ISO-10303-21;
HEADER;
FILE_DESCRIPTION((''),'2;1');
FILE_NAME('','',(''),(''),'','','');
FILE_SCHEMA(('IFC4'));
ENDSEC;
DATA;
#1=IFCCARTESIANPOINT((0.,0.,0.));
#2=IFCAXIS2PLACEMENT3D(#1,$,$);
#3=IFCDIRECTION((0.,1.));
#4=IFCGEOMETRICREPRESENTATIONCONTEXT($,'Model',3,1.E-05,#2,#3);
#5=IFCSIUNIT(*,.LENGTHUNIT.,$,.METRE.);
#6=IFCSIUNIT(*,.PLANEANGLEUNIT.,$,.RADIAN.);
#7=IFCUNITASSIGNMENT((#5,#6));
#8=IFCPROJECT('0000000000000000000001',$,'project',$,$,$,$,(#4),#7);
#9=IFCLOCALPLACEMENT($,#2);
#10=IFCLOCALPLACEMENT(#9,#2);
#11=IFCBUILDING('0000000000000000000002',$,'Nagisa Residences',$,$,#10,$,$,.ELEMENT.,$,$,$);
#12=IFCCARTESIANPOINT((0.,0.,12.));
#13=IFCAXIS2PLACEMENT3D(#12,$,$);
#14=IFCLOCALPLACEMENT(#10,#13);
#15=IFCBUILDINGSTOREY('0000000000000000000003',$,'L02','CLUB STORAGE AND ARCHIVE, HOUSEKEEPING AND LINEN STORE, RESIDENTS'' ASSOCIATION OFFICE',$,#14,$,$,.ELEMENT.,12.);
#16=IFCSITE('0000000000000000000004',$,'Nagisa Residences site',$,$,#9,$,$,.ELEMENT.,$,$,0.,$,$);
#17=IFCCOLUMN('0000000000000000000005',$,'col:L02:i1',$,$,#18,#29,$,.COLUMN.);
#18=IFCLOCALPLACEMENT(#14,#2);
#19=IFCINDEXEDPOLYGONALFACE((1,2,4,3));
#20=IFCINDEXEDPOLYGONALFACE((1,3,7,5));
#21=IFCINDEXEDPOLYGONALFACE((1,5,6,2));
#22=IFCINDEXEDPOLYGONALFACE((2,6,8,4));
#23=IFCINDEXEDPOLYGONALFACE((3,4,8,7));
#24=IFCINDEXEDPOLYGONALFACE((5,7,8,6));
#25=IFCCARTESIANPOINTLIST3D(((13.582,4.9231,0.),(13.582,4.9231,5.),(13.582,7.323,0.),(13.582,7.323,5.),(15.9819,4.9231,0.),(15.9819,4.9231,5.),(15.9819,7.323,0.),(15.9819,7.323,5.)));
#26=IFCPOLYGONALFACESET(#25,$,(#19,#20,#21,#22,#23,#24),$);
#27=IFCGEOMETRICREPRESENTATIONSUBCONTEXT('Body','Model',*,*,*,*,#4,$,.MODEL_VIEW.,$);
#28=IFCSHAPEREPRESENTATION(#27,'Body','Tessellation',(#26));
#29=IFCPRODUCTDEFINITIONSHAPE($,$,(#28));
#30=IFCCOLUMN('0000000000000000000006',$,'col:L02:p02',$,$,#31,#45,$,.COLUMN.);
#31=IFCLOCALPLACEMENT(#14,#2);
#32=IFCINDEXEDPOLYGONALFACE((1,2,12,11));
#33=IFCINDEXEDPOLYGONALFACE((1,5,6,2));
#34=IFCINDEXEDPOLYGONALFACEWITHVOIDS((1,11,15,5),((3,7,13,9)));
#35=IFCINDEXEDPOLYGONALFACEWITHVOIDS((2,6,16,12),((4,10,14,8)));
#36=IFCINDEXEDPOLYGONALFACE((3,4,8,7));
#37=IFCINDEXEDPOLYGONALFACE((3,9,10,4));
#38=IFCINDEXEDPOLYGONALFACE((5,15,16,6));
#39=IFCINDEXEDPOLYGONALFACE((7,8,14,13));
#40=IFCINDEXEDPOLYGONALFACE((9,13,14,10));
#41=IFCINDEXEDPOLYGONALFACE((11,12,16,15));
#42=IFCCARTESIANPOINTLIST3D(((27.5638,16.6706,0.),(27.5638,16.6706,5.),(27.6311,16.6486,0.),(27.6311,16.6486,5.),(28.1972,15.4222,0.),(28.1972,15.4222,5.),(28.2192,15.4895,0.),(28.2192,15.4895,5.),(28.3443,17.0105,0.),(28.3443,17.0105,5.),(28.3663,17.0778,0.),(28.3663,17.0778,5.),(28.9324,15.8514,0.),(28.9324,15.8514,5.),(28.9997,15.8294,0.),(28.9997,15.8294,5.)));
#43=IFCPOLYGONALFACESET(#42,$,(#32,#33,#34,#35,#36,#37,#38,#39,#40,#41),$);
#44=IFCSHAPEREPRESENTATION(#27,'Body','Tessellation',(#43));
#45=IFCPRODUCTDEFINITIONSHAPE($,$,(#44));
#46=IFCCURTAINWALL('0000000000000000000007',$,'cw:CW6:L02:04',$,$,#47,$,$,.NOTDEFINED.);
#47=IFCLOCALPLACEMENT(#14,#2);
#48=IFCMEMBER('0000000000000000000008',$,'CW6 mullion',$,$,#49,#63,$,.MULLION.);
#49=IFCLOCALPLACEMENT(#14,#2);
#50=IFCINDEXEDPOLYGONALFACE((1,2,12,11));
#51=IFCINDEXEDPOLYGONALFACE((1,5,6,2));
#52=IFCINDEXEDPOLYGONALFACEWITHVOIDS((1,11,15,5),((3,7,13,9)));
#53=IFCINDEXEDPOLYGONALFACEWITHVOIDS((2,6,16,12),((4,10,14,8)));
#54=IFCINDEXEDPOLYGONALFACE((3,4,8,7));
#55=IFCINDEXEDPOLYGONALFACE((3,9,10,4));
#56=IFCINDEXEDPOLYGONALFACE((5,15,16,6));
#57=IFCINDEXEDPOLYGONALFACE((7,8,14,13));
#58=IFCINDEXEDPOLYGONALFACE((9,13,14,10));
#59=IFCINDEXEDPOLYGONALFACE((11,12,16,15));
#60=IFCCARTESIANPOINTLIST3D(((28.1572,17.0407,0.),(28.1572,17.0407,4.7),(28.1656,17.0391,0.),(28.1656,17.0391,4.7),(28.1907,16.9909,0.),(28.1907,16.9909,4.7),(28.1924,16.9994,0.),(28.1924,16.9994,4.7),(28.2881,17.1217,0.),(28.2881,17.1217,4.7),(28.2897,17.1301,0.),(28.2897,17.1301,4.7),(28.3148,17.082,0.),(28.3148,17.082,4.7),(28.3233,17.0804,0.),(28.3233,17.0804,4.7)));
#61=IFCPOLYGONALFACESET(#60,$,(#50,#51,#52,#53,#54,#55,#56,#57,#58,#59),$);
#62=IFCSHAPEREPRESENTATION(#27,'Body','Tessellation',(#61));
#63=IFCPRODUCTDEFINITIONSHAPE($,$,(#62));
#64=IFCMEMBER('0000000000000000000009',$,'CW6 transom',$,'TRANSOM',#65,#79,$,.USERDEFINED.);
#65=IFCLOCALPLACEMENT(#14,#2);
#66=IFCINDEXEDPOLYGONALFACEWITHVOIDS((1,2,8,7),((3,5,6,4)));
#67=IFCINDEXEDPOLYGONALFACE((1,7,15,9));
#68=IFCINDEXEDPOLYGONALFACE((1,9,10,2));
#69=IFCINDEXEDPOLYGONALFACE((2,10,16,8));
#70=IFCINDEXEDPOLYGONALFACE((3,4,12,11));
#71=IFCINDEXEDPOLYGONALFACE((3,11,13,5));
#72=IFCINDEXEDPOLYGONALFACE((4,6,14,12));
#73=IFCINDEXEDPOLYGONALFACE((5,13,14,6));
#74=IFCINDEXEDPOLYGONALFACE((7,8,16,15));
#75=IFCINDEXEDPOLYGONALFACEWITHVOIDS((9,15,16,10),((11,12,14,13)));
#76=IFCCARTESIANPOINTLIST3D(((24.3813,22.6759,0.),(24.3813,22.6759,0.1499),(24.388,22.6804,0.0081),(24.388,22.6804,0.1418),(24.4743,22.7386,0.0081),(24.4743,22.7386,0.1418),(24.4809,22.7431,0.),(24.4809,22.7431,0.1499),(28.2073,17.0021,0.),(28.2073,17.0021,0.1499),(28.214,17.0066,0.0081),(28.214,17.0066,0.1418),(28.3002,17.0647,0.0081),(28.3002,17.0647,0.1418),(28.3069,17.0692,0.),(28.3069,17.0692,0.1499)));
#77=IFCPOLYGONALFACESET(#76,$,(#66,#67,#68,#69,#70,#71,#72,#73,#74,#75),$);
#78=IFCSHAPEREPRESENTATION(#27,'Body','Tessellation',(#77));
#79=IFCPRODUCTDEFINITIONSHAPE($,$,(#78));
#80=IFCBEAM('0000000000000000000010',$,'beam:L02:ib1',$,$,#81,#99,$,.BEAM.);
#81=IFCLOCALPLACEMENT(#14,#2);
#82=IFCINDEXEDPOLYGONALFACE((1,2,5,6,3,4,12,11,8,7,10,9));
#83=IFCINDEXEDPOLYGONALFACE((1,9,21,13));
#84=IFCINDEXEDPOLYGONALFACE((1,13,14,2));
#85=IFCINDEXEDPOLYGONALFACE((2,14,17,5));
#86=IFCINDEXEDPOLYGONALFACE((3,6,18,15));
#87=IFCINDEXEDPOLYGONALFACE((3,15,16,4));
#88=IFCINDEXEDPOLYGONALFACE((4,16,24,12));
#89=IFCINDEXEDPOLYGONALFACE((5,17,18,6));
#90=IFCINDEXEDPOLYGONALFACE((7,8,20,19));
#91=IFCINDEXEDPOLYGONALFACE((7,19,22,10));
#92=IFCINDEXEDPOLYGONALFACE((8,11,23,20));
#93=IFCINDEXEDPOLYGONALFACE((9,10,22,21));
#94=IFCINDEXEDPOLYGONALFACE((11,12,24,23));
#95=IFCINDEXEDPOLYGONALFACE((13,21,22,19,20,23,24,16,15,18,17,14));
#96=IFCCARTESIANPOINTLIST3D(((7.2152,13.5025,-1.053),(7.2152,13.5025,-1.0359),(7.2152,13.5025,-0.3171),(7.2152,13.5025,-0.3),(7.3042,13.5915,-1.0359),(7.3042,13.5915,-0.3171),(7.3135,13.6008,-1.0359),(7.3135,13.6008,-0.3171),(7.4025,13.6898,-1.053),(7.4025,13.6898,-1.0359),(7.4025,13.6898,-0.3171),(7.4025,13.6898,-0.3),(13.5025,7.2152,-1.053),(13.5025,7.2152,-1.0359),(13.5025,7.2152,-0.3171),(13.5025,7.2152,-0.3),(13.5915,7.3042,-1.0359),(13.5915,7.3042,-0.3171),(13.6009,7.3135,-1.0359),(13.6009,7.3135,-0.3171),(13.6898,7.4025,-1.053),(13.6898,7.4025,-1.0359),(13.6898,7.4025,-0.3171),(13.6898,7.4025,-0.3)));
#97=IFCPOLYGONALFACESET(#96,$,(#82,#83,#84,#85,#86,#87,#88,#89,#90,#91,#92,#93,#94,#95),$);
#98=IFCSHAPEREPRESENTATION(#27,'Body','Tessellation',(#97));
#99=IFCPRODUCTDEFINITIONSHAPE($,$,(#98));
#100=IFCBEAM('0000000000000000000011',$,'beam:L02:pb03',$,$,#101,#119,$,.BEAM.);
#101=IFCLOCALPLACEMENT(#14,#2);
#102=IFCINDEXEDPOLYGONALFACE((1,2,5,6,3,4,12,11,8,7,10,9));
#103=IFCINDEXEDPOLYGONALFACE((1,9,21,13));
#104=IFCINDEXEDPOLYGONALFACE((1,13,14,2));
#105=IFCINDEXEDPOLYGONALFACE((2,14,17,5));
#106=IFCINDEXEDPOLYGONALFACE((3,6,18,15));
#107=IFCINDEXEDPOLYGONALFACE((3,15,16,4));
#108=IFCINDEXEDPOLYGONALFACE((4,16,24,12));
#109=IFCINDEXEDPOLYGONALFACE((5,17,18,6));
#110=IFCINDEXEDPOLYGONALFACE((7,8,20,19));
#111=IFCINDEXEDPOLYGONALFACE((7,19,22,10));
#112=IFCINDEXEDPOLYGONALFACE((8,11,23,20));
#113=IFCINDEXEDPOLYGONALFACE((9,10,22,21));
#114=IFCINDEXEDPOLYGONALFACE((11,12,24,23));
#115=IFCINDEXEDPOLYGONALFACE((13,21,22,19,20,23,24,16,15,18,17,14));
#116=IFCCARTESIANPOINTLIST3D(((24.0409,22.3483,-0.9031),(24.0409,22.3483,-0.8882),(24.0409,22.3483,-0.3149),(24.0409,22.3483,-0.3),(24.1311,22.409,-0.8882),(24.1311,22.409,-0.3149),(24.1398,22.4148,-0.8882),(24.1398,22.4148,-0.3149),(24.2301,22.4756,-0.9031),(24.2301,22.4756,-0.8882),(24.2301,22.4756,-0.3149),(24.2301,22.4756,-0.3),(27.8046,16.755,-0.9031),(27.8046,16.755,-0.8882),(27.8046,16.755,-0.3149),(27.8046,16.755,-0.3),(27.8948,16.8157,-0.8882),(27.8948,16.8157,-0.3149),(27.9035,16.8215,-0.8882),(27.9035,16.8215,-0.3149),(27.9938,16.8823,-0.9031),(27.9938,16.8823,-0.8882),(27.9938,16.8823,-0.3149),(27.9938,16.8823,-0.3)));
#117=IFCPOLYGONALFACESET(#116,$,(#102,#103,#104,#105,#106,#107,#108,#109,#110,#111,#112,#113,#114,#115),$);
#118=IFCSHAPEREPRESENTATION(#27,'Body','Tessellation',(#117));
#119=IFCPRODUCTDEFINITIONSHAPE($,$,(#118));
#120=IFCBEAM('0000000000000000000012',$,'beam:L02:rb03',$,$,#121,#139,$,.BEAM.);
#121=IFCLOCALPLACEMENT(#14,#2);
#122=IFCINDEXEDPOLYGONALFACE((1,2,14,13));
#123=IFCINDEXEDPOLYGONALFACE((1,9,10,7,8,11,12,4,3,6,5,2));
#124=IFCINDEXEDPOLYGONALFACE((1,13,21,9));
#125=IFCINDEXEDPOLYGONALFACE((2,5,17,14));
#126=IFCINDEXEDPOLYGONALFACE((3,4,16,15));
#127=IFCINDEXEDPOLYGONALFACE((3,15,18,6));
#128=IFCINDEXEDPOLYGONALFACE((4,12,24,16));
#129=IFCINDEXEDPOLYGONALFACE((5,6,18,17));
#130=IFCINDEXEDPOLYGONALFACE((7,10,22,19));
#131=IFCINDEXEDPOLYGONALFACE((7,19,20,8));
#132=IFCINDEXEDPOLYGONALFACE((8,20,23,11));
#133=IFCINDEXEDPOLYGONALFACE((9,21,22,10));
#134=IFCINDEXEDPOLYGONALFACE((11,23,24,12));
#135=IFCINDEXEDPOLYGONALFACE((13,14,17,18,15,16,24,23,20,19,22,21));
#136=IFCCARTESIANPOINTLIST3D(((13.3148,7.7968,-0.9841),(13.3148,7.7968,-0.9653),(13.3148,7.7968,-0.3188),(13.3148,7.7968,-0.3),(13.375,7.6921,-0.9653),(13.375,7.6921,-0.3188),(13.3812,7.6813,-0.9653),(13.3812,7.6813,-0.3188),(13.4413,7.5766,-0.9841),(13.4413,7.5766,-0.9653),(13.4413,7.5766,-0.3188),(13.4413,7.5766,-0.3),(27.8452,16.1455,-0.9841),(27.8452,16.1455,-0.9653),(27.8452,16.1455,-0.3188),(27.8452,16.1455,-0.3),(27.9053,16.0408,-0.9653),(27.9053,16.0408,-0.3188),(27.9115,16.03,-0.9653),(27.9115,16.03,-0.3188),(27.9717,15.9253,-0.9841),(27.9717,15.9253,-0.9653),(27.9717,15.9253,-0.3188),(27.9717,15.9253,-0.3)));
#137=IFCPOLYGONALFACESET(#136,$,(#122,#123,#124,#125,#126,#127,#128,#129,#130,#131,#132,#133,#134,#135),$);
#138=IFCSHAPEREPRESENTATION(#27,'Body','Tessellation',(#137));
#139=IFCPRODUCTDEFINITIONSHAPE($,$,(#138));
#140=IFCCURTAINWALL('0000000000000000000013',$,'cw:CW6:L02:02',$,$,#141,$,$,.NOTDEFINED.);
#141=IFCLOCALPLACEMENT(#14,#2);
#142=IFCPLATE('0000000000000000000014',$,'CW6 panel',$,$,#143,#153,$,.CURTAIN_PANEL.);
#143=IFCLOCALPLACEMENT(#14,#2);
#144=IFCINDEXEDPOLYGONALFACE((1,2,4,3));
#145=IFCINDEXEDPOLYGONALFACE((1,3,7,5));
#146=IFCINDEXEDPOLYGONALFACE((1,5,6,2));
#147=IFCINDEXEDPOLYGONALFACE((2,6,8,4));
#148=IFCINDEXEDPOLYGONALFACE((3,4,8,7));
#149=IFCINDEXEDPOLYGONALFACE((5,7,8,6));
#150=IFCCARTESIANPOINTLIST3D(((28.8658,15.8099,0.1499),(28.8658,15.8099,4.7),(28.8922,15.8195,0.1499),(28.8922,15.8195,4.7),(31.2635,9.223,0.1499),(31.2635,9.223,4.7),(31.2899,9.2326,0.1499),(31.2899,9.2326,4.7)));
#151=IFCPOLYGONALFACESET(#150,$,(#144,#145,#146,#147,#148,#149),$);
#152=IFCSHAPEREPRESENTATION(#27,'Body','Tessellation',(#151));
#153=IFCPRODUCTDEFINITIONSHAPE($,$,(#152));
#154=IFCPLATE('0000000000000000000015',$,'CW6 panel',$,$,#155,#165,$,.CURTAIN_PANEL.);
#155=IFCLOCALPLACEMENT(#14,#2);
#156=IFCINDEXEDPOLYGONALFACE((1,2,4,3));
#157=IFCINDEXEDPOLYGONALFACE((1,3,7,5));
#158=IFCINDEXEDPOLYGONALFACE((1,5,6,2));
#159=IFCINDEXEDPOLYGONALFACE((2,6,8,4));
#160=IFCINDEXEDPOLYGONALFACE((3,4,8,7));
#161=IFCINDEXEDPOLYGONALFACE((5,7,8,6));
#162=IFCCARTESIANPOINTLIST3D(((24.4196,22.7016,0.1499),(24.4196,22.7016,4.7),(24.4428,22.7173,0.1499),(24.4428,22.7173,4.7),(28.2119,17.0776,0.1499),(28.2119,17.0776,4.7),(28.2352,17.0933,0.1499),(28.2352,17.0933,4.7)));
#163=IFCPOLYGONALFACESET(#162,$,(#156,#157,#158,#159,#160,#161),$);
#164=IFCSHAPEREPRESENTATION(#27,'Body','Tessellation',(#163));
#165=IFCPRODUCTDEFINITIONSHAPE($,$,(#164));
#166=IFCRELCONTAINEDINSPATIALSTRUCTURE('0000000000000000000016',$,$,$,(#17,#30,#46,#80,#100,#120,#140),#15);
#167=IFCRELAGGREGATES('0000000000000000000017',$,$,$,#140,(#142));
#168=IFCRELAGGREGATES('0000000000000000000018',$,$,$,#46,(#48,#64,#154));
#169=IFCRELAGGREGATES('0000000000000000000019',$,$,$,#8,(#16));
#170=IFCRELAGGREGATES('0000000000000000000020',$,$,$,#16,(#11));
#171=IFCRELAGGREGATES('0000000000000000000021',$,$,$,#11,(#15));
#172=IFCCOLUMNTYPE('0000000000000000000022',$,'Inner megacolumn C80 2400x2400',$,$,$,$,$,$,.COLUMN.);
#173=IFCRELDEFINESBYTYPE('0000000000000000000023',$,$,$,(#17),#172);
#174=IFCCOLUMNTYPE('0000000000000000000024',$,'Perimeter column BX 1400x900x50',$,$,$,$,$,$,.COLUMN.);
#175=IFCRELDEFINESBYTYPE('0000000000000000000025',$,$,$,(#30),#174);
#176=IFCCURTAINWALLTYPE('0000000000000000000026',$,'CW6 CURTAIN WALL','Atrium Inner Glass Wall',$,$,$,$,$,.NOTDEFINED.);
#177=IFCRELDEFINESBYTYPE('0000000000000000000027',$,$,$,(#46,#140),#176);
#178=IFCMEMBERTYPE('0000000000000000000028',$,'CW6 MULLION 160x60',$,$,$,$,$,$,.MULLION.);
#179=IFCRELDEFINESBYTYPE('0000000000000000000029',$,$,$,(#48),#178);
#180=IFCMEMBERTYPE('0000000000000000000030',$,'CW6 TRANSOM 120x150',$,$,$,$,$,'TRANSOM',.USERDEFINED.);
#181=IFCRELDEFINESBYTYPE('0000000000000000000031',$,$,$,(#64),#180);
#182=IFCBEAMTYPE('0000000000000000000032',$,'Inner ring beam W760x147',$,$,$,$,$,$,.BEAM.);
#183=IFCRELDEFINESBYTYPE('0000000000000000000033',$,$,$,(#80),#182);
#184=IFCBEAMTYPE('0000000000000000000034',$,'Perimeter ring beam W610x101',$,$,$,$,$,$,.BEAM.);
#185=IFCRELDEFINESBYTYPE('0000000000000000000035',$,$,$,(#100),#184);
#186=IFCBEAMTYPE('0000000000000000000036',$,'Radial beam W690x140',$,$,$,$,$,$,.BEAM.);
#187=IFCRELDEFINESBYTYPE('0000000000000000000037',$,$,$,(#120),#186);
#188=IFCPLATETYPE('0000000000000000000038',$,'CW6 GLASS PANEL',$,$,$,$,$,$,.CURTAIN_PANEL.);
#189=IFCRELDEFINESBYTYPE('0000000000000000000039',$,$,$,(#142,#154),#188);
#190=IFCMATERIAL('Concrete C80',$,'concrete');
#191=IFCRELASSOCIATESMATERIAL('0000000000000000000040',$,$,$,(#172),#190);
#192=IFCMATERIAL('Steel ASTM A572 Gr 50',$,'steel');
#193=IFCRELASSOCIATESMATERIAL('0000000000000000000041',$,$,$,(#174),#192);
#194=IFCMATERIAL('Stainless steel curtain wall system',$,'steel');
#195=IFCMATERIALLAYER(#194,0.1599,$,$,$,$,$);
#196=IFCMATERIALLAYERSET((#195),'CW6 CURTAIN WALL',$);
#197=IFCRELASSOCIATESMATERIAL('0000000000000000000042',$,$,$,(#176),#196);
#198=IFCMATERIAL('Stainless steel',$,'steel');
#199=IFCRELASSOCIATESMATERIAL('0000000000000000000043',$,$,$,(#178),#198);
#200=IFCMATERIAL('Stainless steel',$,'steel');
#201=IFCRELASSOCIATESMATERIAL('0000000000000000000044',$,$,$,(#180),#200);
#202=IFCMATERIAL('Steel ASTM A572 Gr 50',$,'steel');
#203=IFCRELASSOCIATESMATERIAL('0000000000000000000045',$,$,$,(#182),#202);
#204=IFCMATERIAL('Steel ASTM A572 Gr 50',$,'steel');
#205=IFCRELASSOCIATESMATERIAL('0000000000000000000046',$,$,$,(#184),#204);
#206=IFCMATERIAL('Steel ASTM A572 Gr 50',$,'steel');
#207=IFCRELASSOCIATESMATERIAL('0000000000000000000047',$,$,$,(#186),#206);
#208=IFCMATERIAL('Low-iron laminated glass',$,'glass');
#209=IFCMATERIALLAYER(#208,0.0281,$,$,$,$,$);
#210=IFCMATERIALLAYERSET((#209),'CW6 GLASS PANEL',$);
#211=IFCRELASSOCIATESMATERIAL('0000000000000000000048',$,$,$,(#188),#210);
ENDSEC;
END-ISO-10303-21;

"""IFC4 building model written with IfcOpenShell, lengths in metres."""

from ifc_helpers import new_model, si_unit, direction, frame, origin, origin_2d, place, context, subcontext, project, spatial, rectangle, hollow_rectangle, i_section, extrude, material, layer, layer_set, material_profile, profile_set, type_object, element, aggregate, save


model = new_model("IFC4")

# Units and contexts
model_context = context("Model", 3, precision=1e-05, world=origin(), true_north=direction((0.0, 1.0)))
body_context = subcontext(model_context, "Body", "Model", "MODEL_VIEW")
ifc_project = project(units=[si_unit("LENGTHUNIT", "METRE"), si_unit("PLANEANGLEUNIT", "RADIAN")], contexts=[model_context])

# Site, building, storey
site_placement = place(None, origin())
site = spatial("IfcSite", under=ifc_project, at=site_placement, Name="Nagisa Residences site", CompositionType="ELEMENT", RefElevation=0.0)
building_placement = place(site_placement, origin())
building = spatial("IfcBuilding", under=site, at=building_placement, Name="Nagisa Residences", CompositionType="ELEMENT")
storey_placement = place(building_placement, frame((0.0, 0.0, 12.0)))
storey = spatial("IfcBuildingStorey", under=building, at=storey_placement, Name="L02", Description="CLUB STORAGE AND ARCHIVE, HOUSEKEEPING AND LINEN STORE, RESIDENTS' ASSOCIATION OFFICE", CompositionType="ELEMENT", Elevation=12.0)

# Columns
ifc_material_1 = material(Name="Concrete C80", Category="concrete")
ifc_material_profile_1 = material_profile(ifc_material_1, rectangle(XDim=2.3999, YDim=2.3999, at=origin_2d()), Name="C80 2400x2400")
ifc_profile_set_1 = profile_set([ifc_material_profile_1], Name="Concrete C80")
column_type_1 = type_object("IfcColumnType", Name="Inner megacolumn C80 2400x2400", PredefinedType="COLUMN", material=ifc_profile_set_1)
column_1_placement = place(storey_placement, frame((14.782, 6.123, 0.0), z_axis=(0.0, 0.0, 1.0), x_axis=(1.0, 0.0, 0.0)))
element("IfcColumn", 1, at=column_1_placement, inside=storey, type_object=column_type_1, Name="col:L02:i1", PredefinedType="COLUMN", context=body_context, shape_type="SweptSolid", body=[
    extrude(rectangle(XDim=2.3999, YDim=2.3999, at=origin_2d()), origin(), (0.0, 0.0, 1.0), 5.0),
])
ifc_material_2 = material(Name="Steel ASTM A572 Gr 50", Category="steel")
ifc_material_profile_2 = material_profile(ifc_material_2, hollow_rectangle(XDim=1.3999, YDim=0.8999, WallThickness=0.05, at=origin_2d()), Name="BX 1400x900x50")
ifc_profile_set_2 = profile_set([ifc_material_profile_2], Name="Steel ASTM A572 Gr 50")
column_type_2 = type_object("IfcColumnType", Name="Perimeter column BX 1400x900x50", PredefinedType="COLUMN", material=ifc_profile_set_2)
column_2_placement = place(storey_placement, frame((28.2817, 16.25, 0.0), z_axis=(0.0, 0.0, 1.0), x_axis=(-0.452463, 0.891783, 0.0)))
element("IfcColumn", 2, at=column_2_placement, inside=storey, type_object=column_type_2, Name="col:L02:p02", PredefinedType="COLUMN", context=body_context, shape_type="SweptSolid", body=[
    extrude(hollow_rectangle(XDim=1.3999, YDim=0.8999, WallThickness=0.05, at=origin_2d()), origin(), (0.0, 0.0, 1.0), 5.0),
])

# Curtain wall, members
ifc_material_3 = material(Name="Stainless steel curtain wall system", Category="steel")
ifc_layer_1 = layer(ifc_material_3, 0.1599)
ifc_layer_set_1 = layer_set([ifc_layer_1], Name="CW6 CURTAIN WALL")
curtain_wall_type = type_object("IfcCurtainWallType", Name="CW6 CURTAIN WALL", Description="Atrium Inner Glass Wall", PredefinedType="NOTDEFINED", material=ifc_layer_set_1)
curtain_wall_1_placement = place(storey_placement, origin())
curtain_wall_1 = element("IfcCurtainWall", 3, at=curtain_wall_1_placement, inside=storey, type_object=curtain_wall_type, Name="cw:CW6:L02:04", PredefinedType="NOTDEFINED")
ifc_material_4 = material(Name="Stainless steel", Category="steel")
ifc_material_profile_3 = material_profile(ifc_material_4, hollow_rectangle(XDim=0.1599, YDim=0.0601, WallThickness=0.0061, at=origin_2d()), Name="CW6 MULLION 160x60")
ifc_profile_set_3 = profile_set([ifc_material_profile_3], Name="Stainless steel")
member_type_1 = type_object("IfcMemberType", Name="CW6 MULLION 160x60", PredefinedType="MULLION", material=ifc_profile_set_3)
member_1_placement = place(storey_placement, frame((28.2402, 17.0605, 0.0), z_axis=(0.0, 0.0, 1.0), x_axis=(-0.829111, -0.559084, 0.0)))
member_1 = element("IfcMember", 4, at=member_1_placement, type_object=member_type_1, Name="CW6 mullion", PredefinedType="MULLION", context=body_context, shape_type="SweptSolid", body=[
    extrude(hollow_rectangle(XDim=0.1599, YDim=0.0601, WallThickness=0.0061, at=origin_2d()), origin(), (0.0, 0.0, 1.0), 4.7),
])
ifc_material_5 = material(Name="Stainless steel", Category="steel")
ifc_material_profile_4 = material_profile(ifc_material_5, hollow_rectangle(XDim=0.1201, YDim=0.1499, WallThickness=0.0081, at=origin_2d()), Name="CW6 TRANSOM 120x150")
ifc_profile_set_4 = profile_set([ifc_material_profile_4], Name="Stainless steel")
member_type_2 = type_object("IfcMemberType", Name="CW6 TRANSOM 120x150", ElementType="TRANSOM", PredefinedType="USERDEFINED", material=ifc_profile_set_4)
member_2_placement = place(storey_placement, frame((28.2571, 17.0356, 0.075), z_axis=(-0.559081, 0.829113, 0.0), x_axis=(-0.829113, -0.559081, 0.0)))
member_2 = element("IfcMember", 5, at=member_2_placement, type_object=member_type_2, Name="CW6 transom", ObjectType="TRANSOM", PredefinedType="USERDEFINED", context=body_context, shape_type="SweptSolid", body=[
    extrude(hollow_rectangle(XDim=0.1201, YDim=0.1499, WallThickness=0.0081, at=origin_2d()), origin(), (0.0, 0.0, 1.0), 6.8433),
])

# Beams
ifc_material_6 = material(Name="Steel ASTM A572 Gr 50", Category="steel")
ifc_material_profile_5 = material_profile(ifc_material_6, i_section(OverallWidth=0.2649, OverallDepth=0.7529, WebThickness=0.0132, FlangeThickness=0.0171, at=origin_2d()), Name="W760x147")
ifc_profile_set_5 = profile_set([ifc_material_profile_5], Name="Steel ASTM A572 Gr 50")
beam_type_1 = type_object("IfcBeamType", Name="Inner ring beam W760x147", PredefinedType="BEAM", material=ifc_profile_set_5)
beam_1_placement = place(storey_placement, frame((13.5962, 7.3088, -0.6765), z_axis=(-0.707107, 0.707107, 0.0), x_axis=(-0.707107, -0.707107, 0.0)))
element("IfcBeam", 6, at=beam_1_placement, inside=storey, type_object=beam_type_1, Name="beam:L02:ib1", PredefinedType="BEAM", context=body_context, shape_type="SweptSolid", body=[
    extrude(i_section(OverallWidth=0.2649, OverallDepth=0.7529, WebThickness=0.0132, FlangeThickness=0.0171, at=origin_2d()), origin(), (0.0, 0.0, 1.0), 8.8916),
])
ifc_material_7 = material(Name="Steel ASTM A572 Gr 50", Category="steel")
ifc_material_profile_6 = material_profile(ifc_material_7, i_section(OverallWidth=0.228, OverallDepth=0.603, WebThickness=0.0105, FlangeThickness=0.0149, at=origin_2d()), Name="W610x101")
ifc_profile_set_6 = profile_set([ifc_material_profile_6], Name="Steel ASTM A572 Gr 50")
beam_type_2 = type_object("IfcBeamType", Name="Perimeter ring beam W610x101", PredefinedType="BEAM", material=ifc_profile_set_6)
beam_2_placement = place(storey_placement, frame((27.8992, 16.8186, -0.6016), z_axis=(-0.558272, 0.829658, 0.0), x_axis=(-0.829658, -0.558272, 0.0)))
element("IfcBeam", 7, at=beam_2_placement, inside=storey, type_object=beam_type_2, Name="beam:L02:pb03", PredefinedType="BEAM", context=body_context, shape_type="SweptSolid", body=[
    extrude(i_section(OverallWidth=0.228, OverallDepth=0.603, WebThickness=0.0105, FlangeThickness=0.0149, at=origin_2d()), origin(), (0.0, 0.0, 1.0), 6.7417),
])
ifc_material_8 = material(Name="Steel ASTM A572 Gr 50", Category="steel")
ifc_material_profile_7 = material_profile(ifc_material_8, i_section(OverallWidth=0.2539, OverallDepth=0.6841, WebThickness=0.0125, FlangeThickness=0.0188, at=origin_2d()), Name="W690x140")
ifc_profile_set_7 = profile_set([ifc_material_profile_7], Name="Steel ASTM A572 Gr 50")
beam_type_3 = type_object("IfcBeamType", Name="Radial beam W690x140", PredefinedType="BEAM", material=ifc_profile_set_7)
beam_3_placement = place(storey_placement, frame((27.9084, 16.0354, -0.6421), z_axis=(-0.867068, -0.49819, 0.0), x_axis=(0.49819, -0.867068, 0.0)))
element("IfcBeam", 8, at=beam_3_placement, inside=storey, type_object=beam_type_3, Name="beam:L02:rb03", PredefinedType="BEAM", context=body_context, shape_type="SweptSolid", body=[
    extrude(i_section(OverallWidth=0.2539, OverallDepth=0.6841, WebThickness=0.0125, FlangeThickness=0.0188, at=origin_2d()), origin(), (0.0, 0.0, 1.0), 16.7581),
])

# Curtain wall, plate
curtain_wall_2_placement = place(storey_placement, origin())
curtain_wall_2 = element("IfcCurtainWall", 9, at=curtain_wall_2_placement, inside=storey, type_object=curtain_wall_type, Name="cw:CW6:L02:02", PredefinedType="NOTDEFINED")
ifc_material_9 = material(Name="Low-iron laminated glass", Category="glass")
ifc_layer_2 = layer(ifc_material_9, 0.0281)
ifc_layer_set_2 = layer_set([ifc_layer_2], Name="CW6 GLASS PANEL")
plate_type = type_object("IfcPlateType", Name="CW6 GLASS PANEL", PredefinedType="CURTAIN_PANEL", material=ifc_layer_set_2)
plate_1_placement = place(storey_placement, frame((30.0779, 12.5212, 0.1499), z_axis=(0.0, 0.0, 1.0), x_axis=(-0.34205, 0.939682, 0.0)))
plate_1 = element("IfcPlate", 10, at=plate_1_placement, type_object=plate_type, Name="CW6 panel", PredefinedType="CURTAIN_PANEL", context=body_context, shape_type="SweptSolid", body=[
    extrude(rectangle(XDim=7.0098, YDim=0.0281, at=origin_2d()), origin(), (0.0, 0.0, 1.0), 4.55),
])
aggregate(curtain_wall_2, [plate_1])

# Plate
plate_2_placement = place(storey_placement, frame((26.3274, 19.8975, 0.1499), z_axis=(0.0, 0.0, 1.0), x_axis=(-0.559084, 0.829111, 0.0)))
plate_2 = element("IfcPlate", 11, at=plate_2_placement, type_object=plate_type, Name="CW6 panel", PredefinedType="CURTAIN_PANEL", context=body_context, shape_type="SweptSolid", body=[
    extrude(rectangle(XDim=6.7832, YDim=0.0281, at=origin_2d()), origin(), (0.0, 0.0, 1.0), 4.55),
])
aggregate(curtain_wall_1, [member_1, member_2, plate_2])

save(model, "model.ifc")
